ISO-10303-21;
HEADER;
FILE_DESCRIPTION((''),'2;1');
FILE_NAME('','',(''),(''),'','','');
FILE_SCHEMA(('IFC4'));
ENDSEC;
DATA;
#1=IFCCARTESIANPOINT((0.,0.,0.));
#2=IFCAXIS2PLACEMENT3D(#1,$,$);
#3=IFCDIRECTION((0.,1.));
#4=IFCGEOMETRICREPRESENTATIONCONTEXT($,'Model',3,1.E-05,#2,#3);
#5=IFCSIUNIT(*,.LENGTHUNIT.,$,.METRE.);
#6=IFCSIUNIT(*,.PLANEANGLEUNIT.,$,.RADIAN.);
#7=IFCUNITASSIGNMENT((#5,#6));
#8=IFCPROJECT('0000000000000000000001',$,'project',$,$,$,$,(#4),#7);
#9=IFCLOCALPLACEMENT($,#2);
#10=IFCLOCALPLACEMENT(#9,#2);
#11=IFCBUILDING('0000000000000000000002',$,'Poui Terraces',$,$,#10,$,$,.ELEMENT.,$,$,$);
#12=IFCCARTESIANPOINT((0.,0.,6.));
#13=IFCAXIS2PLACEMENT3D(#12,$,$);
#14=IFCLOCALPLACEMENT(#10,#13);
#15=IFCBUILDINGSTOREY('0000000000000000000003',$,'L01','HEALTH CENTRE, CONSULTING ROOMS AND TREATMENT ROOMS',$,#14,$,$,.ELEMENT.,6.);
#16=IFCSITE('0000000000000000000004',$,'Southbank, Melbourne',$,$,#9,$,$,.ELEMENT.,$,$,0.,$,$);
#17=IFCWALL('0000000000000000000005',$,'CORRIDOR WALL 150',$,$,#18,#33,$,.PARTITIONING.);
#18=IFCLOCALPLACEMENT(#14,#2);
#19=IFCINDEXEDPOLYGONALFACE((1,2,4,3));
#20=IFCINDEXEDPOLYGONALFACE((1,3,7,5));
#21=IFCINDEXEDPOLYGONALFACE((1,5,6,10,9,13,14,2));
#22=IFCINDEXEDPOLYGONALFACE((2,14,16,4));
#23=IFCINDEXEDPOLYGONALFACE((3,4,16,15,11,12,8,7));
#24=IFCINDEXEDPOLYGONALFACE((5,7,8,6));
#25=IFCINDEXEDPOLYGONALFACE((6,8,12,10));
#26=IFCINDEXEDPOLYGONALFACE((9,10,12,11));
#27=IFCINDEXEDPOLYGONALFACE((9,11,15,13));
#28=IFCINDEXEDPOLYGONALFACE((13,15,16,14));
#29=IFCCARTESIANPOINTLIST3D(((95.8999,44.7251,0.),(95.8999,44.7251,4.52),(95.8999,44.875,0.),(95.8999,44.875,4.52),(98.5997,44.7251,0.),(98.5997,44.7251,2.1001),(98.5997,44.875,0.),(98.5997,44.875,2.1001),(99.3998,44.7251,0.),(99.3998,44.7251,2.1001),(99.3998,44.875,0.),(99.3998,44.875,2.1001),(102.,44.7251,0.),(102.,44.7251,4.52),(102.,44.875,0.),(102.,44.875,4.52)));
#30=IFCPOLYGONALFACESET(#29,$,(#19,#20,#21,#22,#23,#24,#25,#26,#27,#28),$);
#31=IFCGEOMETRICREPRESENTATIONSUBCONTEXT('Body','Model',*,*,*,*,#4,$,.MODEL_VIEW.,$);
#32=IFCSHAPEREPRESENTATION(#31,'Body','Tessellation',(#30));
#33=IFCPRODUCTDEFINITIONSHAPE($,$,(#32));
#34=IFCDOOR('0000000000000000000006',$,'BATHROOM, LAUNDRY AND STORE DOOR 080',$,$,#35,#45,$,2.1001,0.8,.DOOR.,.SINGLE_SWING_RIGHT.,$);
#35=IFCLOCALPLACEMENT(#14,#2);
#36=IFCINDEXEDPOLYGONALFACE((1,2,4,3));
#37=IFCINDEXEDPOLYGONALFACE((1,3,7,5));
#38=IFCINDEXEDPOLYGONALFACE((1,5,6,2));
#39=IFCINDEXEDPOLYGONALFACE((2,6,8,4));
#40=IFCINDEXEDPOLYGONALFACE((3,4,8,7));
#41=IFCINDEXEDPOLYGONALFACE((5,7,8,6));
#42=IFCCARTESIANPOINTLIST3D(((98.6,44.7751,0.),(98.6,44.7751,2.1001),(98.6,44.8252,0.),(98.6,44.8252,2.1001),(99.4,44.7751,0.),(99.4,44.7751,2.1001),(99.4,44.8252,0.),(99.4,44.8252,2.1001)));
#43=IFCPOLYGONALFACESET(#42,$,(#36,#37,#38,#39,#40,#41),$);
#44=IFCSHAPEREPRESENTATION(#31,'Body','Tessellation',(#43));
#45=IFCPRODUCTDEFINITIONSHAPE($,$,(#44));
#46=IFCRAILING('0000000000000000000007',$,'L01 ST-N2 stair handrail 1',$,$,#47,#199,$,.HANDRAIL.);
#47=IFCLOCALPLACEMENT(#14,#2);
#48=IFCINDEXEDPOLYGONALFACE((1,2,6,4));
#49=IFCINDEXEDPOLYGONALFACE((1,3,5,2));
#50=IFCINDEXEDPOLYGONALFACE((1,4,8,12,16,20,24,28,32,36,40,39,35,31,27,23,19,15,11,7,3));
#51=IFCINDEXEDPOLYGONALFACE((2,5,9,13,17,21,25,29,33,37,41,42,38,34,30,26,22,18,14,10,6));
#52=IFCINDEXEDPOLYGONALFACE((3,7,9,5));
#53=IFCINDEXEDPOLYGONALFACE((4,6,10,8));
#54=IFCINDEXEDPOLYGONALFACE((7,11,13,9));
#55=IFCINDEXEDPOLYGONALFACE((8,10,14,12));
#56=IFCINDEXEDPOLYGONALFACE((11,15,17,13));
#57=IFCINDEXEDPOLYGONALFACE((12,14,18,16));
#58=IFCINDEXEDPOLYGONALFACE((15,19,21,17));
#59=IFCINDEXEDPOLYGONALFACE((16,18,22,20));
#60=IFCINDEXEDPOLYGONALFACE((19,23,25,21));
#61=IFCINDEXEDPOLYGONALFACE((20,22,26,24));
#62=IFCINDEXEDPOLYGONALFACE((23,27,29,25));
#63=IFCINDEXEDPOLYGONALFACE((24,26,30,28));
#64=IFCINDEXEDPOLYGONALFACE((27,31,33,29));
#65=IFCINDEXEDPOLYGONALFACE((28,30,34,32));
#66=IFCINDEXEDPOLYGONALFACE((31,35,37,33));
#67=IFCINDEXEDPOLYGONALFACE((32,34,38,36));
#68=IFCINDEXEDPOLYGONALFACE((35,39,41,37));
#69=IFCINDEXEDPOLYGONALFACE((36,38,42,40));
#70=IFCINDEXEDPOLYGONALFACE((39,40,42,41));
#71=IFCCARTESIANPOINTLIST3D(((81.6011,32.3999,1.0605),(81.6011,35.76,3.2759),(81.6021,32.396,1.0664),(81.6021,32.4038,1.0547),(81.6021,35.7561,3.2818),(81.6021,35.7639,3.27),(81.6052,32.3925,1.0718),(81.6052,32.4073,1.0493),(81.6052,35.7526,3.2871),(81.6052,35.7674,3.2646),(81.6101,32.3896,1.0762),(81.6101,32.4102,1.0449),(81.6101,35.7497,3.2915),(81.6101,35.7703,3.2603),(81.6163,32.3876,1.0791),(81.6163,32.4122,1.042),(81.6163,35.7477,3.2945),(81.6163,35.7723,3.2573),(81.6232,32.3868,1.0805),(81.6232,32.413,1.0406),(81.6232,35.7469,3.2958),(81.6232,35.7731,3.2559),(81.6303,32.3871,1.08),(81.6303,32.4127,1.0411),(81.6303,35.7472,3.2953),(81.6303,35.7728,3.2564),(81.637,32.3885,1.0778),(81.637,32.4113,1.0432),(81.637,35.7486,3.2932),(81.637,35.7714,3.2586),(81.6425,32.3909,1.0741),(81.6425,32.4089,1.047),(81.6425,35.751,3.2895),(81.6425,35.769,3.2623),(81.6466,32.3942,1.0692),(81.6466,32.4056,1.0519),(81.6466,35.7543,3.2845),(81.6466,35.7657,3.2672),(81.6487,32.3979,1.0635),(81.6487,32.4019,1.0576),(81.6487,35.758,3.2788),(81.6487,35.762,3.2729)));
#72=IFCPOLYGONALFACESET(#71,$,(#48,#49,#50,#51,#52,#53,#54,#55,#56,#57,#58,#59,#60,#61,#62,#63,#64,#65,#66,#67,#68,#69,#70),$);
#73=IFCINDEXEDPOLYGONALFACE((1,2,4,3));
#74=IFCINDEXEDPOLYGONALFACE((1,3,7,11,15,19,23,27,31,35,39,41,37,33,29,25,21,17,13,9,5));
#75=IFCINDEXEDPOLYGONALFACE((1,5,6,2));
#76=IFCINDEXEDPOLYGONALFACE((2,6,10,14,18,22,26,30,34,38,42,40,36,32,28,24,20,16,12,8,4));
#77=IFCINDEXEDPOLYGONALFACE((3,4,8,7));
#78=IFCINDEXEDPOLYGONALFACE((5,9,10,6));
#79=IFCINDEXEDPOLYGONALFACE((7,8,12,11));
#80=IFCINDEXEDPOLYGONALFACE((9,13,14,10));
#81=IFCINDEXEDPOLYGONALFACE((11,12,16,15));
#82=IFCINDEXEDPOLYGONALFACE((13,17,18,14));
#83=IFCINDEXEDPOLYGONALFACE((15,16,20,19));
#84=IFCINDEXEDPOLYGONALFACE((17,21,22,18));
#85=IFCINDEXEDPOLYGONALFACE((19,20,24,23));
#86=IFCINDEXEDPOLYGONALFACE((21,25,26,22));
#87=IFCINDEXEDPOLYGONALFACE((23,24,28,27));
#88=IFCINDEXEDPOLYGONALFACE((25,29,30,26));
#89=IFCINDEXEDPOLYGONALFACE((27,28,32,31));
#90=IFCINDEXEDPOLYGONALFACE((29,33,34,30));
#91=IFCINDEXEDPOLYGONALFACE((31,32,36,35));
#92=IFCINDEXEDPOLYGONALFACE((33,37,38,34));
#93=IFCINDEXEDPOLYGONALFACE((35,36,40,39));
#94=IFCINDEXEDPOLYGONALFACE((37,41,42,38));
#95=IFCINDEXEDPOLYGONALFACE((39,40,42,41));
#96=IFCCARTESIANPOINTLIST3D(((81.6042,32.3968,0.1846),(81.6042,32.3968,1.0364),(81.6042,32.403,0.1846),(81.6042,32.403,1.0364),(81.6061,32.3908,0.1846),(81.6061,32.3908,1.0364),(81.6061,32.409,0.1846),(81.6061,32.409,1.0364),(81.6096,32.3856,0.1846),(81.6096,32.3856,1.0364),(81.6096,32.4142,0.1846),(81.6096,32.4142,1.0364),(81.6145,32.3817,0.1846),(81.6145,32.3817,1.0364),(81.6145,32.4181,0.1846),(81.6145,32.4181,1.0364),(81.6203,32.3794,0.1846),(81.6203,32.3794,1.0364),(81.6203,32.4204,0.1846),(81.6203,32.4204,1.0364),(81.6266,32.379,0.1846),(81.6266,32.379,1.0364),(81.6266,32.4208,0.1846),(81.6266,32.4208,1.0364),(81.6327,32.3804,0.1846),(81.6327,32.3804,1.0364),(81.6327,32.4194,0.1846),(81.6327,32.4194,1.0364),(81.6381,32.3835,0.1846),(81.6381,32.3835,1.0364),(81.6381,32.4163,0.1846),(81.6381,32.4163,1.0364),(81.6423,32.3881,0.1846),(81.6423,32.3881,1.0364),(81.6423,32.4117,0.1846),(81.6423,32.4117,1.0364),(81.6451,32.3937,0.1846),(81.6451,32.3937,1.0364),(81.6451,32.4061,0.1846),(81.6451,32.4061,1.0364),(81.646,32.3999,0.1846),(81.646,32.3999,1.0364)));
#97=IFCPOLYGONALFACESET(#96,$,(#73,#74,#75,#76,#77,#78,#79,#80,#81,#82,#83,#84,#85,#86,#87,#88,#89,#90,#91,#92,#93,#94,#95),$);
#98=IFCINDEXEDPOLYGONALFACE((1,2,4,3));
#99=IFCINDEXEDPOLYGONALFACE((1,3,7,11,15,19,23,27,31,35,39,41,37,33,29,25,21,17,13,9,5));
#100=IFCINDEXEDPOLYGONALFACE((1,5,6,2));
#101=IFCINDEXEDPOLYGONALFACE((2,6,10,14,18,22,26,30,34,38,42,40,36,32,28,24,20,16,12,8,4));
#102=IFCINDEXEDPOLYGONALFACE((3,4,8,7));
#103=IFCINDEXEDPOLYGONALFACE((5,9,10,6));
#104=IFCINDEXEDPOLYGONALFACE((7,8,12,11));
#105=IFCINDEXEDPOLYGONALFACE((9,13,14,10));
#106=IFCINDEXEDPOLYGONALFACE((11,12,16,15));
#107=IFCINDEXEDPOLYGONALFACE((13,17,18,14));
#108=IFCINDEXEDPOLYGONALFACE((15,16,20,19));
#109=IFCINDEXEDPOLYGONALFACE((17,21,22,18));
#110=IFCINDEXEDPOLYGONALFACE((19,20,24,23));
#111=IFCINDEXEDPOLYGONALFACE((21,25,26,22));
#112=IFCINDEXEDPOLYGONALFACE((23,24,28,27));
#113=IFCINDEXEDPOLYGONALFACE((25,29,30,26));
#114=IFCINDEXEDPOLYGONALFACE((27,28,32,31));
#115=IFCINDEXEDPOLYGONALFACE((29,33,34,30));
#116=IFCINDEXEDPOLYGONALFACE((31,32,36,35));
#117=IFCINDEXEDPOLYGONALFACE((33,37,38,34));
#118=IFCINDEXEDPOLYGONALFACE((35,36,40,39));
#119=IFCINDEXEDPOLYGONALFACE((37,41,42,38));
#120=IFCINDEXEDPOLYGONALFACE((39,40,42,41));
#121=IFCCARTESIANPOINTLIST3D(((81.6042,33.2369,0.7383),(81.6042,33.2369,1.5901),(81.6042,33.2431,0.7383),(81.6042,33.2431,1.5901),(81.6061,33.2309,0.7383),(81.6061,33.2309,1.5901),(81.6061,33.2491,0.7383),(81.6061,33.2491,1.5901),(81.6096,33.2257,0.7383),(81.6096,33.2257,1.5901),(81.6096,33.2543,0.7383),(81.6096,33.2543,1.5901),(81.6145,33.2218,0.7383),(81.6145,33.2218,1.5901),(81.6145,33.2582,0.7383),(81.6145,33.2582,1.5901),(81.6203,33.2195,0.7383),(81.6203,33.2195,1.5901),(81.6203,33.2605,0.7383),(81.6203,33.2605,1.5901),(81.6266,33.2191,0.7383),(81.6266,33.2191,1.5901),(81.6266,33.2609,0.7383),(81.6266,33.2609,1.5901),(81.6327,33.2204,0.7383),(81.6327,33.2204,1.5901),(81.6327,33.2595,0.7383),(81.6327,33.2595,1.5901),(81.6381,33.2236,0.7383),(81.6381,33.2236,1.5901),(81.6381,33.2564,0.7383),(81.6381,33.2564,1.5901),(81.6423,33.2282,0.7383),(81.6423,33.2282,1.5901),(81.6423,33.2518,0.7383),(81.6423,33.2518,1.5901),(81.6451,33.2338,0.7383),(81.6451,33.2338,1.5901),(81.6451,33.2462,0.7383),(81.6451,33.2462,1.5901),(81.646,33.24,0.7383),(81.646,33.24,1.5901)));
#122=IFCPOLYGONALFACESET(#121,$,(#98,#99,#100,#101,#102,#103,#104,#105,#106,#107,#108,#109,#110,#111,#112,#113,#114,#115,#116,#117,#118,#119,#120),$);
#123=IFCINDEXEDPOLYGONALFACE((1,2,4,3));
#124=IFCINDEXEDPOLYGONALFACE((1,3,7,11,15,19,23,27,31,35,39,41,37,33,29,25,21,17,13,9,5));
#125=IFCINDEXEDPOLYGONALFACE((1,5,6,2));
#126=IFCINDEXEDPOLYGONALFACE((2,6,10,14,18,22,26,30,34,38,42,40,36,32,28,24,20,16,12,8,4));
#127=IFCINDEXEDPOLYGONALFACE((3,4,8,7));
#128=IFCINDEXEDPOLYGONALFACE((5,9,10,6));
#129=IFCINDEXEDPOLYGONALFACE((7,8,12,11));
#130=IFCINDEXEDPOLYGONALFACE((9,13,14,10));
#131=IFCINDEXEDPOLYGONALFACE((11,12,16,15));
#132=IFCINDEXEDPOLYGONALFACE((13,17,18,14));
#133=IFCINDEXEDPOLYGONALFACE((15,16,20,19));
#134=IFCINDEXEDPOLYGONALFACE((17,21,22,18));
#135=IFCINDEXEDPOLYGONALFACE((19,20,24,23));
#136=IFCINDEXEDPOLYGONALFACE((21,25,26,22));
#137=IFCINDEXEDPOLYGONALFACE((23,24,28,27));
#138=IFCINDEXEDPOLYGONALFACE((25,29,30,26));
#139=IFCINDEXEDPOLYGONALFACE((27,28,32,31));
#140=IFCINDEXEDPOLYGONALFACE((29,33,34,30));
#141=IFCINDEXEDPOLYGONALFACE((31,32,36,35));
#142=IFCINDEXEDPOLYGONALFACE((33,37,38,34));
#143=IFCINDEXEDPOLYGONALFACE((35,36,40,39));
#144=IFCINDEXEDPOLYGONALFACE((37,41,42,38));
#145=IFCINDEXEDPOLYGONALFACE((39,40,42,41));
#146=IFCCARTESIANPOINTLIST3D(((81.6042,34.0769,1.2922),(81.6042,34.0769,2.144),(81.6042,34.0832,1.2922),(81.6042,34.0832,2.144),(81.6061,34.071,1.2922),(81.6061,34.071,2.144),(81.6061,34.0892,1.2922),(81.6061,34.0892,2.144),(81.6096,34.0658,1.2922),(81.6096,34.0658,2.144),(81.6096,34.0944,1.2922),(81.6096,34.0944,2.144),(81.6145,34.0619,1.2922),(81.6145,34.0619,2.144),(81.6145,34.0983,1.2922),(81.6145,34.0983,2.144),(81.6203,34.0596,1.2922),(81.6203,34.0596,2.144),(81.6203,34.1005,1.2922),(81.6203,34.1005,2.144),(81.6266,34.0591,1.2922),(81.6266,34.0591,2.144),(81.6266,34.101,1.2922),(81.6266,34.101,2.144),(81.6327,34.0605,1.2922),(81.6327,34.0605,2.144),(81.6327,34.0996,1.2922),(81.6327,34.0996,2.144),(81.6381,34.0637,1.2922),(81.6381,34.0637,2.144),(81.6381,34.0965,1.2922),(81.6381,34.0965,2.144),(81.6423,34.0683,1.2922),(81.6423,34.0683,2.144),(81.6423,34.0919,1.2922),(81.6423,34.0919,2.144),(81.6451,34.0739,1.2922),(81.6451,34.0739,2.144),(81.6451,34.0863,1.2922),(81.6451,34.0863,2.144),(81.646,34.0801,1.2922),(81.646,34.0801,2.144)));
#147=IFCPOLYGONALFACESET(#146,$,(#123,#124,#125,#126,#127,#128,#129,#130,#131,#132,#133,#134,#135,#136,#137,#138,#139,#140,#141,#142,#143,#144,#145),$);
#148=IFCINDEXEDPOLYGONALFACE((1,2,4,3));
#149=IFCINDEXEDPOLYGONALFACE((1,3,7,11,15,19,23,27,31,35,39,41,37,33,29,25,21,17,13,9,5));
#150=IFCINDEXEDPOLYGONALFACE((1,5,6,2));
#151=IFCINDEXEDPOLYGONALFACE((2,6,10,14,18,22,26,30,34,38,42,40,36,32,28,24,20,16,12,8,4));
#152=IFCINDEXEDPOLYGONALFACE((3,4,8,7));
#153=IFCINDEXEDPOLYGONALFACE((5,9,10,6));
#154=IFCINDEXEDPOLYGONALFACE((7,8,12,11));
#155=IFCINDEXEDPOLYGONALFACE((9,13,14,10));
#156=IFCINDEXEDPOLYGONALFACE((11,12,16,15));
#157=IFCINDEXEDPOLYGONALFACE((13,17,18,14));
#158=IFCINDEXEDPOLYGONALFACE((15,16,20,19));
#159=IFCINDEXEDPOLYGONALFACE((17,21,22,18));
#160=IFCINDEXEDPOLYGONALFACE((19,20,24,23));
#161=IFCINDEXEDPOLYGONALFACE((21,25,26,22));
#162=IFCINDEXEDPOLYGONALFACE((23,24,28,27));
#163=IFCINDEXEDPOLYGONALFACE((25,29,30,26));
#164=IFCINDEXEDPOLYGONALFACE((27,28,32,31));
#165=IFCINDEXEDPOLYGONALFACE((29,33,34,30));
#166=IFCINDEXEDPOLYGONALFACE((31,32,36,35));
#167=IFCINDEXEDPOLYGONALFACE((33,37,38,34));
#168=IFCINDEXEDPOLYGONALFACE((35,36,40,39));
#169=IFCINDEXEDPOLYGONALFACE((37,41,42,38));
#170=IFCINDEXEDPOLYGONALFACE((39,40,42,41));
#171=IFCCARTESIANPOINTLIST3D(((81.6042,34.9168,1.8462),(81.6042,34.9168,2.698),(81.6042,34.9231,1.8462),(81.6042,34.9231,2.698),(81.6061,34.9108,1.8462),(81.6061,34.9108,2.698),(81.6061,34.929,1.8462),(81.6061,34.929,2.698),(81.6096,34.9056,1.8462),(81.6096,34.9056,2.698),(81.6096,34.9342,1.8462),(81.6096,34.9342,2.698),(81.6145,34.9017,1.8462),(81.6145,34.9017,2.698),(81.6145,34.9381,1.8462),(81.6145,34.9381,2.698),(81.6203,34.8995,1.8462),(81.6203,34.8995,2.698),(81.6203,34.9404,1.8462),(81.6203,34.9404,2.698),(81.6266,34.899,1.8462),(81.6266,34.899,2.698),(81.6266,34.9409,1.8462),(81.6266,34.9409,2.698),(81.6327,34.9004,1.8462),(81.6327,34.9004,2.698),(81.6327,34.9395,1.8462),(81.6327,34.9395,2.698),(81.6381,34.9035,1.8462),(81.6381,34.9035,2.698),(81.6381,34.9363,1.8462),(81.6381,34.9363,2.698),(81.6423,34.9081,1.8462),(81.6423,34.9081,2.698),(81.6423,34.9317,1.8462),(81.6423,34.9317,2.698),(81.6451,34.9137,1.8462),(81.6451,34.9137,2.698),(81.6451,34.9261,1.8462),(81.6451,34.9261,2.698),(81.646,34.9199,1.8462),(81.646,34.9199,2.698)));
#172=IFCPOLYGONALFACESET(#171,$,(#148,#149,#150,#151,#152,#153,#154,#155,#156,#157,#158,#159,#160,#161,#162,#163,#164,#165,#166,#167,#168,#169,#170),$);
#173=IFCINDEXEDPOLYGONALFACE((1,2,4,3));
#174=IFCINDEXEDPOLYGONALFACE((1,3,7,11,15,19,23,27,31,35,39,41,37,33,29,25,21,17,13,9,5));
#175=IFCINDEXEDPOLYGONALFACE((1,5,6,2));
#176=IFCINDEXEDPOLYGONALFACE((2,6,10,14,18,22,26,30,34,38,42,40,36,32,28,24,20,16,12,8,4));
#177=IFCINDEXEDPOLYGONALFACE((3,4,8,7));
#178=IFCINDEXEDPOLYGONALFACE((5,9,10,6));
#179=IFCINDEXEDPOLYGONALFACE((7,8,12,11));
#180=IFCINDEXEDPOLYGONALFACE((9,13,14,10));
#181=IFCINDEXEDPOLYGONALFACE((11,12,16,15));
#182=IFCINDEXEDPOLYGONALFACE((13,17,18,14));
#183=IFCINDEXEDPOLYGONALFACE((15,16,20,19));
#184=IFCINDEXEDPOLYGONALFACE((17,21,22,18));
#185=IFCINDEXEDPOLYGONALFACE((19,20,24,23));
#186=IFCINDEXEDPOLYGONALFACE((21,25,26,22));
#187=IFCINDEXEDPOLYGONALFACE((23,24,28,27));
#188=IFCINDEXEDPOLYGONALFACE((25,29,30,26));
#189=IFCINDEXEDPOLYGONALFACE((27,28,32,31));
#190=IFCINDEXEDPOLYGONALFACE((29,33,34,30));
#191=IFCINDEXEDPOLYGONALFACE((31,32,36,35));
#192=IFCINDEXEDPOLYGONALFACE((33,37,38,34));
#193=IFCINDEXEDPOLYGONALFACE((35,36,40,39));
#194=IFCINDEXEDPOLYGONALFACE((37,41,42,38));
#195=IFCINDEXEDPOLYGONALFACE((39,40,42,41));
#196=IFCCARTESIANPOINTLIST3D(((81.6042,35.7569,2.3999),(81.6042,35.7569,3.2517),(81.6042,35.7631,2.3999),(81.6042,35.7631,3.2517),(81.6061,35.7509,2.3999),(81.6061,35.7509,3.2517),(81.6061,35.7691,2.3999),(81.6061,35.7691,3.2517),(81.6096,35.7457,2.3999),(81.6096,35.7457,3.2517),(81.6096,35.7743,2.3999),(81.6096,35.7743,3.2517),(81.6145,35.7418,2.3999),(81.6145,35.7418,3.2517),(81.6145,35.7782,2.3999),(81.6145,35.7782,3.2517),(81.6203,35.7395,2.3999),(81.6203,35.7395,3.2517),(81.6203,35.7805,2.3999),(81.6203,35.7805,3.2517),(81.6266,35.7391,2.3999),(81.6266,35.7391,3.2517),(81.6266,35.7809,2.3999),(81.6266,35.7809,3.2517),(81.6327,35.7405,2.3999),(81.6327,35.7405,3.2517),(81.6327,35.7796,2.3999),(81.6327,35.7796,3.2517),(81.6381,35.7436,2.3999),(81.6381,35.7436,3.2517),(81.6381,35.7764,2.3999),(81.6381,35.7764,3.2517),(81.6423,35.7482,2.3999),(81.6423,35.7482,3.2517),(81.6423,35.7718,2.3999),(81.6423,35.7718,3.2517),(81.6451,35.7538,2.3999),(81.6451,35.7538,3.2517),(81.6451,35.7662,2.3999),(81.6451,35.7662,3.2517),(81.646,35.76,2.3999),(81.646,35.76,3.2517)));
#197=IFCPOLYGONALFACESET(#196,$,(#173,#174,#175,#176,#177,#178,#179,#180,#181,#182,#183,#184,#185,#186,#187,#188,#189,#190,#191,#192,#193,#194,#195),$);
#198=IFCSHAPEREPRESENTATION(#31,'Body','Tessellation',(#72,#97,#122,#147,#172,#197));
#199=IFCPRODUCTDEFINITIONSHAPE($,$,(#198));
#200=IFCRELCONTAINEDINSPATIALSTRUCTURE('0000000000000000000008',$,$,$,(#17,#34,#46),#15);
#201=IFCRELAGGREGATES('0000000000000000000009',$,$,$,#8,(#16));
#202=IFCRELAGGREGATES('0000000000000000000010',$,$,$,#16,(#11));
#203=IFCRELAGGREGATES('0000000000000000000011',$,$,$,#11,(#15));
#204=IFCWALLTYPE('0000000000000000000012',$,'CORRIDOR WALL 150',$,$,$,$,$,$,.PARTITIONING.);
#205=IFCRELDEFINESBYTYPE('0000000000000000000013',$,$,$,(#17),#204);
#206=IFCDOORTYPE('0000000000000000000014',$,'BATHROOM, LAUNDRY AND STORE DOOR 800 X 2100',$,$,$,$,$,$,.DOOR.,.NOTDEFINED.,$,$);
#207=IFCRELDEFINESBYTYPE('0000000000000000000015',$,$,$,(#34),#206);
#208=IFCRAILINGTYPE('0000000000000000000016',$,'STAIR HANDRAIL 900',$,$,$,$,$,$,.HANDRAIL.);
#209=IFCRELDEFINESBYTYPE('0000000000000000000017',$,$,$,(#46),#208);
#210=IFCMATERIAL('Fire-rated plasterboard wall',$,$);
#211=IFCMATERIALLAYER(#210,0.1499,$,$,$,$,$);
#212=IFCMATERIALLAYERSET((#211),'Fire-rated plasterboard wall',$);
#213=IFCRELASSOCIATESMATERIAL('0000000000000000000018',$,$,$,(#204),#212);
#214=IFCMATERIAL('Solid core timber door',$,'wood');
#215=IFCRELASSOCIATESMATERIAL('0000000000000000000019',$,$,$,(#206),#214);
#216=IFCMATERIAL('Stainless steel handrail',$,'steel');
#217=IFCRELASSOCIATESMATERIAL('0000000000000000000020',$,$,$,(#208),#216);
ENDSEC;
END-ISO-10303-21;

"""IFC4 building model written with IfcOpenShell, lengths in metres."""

from ifc_helpers import new_model, si_unit, direction, frame, frame_2d, origin, origin_2d, place, context, subcontext, project, spatial, rectangle, circle, extrude, material, layer, layer_set, type_object, element, fill, save


model = new_model("IFC4")

# Units and contexts
model_context = context("Model", 3, precision=1e-05, world=origin(), true_north=direction((0.0, 1.0)))
body_context = subcontext(model_context, "Body", "Model", "MODEL_VIEW")
ifc_project = project(units=[si_unit("LENGTHUNIT", "METRE"), si_unit("PLANEANGLEUNIT", "RADIAN")], contexts=[model_context])

# Site, building, storey
site_placement = place(None, origin())
site = spatial("IfcSite", under=ifc_project, at=site_placement, Name="Southbank, Melbourne", CompositionType="ELEMENT", RefElevation=0.0)
building_placement = place(site_placement, origin())
building = spatial("IfcBuilding", under=site, at=building_placement, Name="Poui Terraces", CompositionType="ELEMENT")
storey_placement = place(building_placement, frame((0.0, 0.0, 6.0)))
storey = spatial("IfcBuildingStorey", under=building, at=storey_placement, Name="L01", Description="HEALTH CENTRE, CONSULTING ROOMS AND TREATMENT ROOMS", CompositionType="ELEMENT", Elevation=6.0)

# Wall, opening, door
ifc_material_1 = material(Name="Fire-rated plasterboard wall")
ifc_layer_1 = layer(ifc_material_1, 0.1499)
ifc_layer_set_1 = layer_set([ifc_layer_1], Name="Fire-rated plasterboard wall")
wall_type_1 = type_object("IfcWallType", Name="CORRIDOR WALL 150", PredefinedType="PARTITIONING", material=ifc_layer_set_1)
wall_1_placement = place(storey_placement, frame((95.8999, 44.8, 0.0), z_axis=(0.0, 0.0, 1.0), x_axis=(1.0, 0.0, 0.0)))
wall_1 = element("IfcWall", 1, at=wall_1_placement, inside=storey, type_object=wall_type_1, Name="CORRIDOR WALL 150", PredefinedType="PARTITIONING", context=body_context, shape_type="SweptSolid", body=[
    extrude(rectangle(XDim=6.1001, YDim=0.1499, at=frame_2d((3.05, 0.0))), origin(), (0.0, 0.0, 1.0), 4.52),
])
opening_1_placement = place(wall_1_placement, frame((2.7, 0.0, 0.0)))
opening_1 = element("IfcOpeningElement", 2, at=opening_1_placement, cuts=wall_1, PredefinedType="OPENING", context=body_context, shape_type="SweptSolid", body=[
    extrude(rectangle(XDim=0.8, YDim=2.1001, at=frame_2d((0.3999, 1.05))), frame((0.0, 0.085, 0.0), z_axis=(0.0, -1.0, 0.0), x_axis=(1.0, 0.0, 0.0)), (0.0, 0.0, 1.0), 0.1699),
])
ifc_material_2 = material(Name="Solid core timber door", Category="wood")
door_type_1 = type_object("IfcDoorType", Name="BATHROOM, LAUNDRY AND STORE DOOR 800 X 2100", OperationType="NOTDEFINED", PredefinedType="DOOR", material=ifc_material_2)
door_1_placement = place(opening_1_placement, frame((0.8, 0.0, 0.0), z_axis=(0.0, 0.0, 1.0), x_axis=(-1.0, 0.0, 0.0)))
door_1 = element("IfcDoor", 3, at=door_1_placement, inside=storey, type_object=door_type_1, Name="BATHROOM, LAUNDRY AND STORE DOOR 080", OperationType="SINGLE_SWING_RIGHT", OverallHeight=2.1001, OverallWidth=0.8, PredefinedType="DOOR", context=body_context, shape_type="SweptSolid", body=[
    extrude(rectangle(XDim=0.8, YDim=2.1001, at=frame_2d((0.3999, 1.05))), frame((0.0, 0.0249, 0.0), z_axis=(0.0, -1.0, 0.0), x_axis=(1.0, 0.0, 0.0)), (0.0, 0.0, 1.0), 0.05),
])
fill(opening_1, door_1)

# Railing
ifc_material_3 = material(Name="Stainless steel handrail", Category="steel")
railing_type = type_object("IfcRailingType", Name="STAIR HANDRAIL 900", PredefinedType="HANDRAIL", material=ifc_material_3)
railing_placement = place(storey_placement, frame((81.625, 32.3999, 0.1846)))
element("IfcRailing", 4, at=railing_placement, inside=storey, type_object=railing_type, Name="L01 ST-N2 stair handrail 1", PredefinedType="HANDRAIL", context=body_context, shape_type="SweptSolid", body=[
    extrude(circle(Radius=0.0239, at=origin_2d()), frame((0.0, 0.0, 0.876), z_axis=(0.0, 0.834876, 0.550437), x_axis=(-1.0, 0.0, 0.0)), (0.0, 0.0, 1.0), 4.0247),
    extrude(circle(Radius=0.021, at=origin_2d()), origin(), (0.0, 0.0, 1.0), 0.8518),
    extrude(circle(Radius=0.021, at=origin_2d()), frame((0.0, 0.8401, 0.5537)), (0.0, 0.0, 1.0), 0.8518),
    extrude(circle(Radius=0.021, at=origin_2d()), frame((0.0, 1.6802, 1.1077)), (0.0, 0.0, 1.0), 0.8518),
    extrude(circle(Radius=0.021, at=origin_2d()), frame((0.0, 2.52, 1.6616)), (0.0, 0.0, 1.0), 0.8518),
    extrude(circle(Radius=0.021, at=origin_2d()), frame((0.0, 3.3601, 2.2153)), (0.0, 0.0, 1.0), 0.8518),
])

save(model, "model.ifc")
